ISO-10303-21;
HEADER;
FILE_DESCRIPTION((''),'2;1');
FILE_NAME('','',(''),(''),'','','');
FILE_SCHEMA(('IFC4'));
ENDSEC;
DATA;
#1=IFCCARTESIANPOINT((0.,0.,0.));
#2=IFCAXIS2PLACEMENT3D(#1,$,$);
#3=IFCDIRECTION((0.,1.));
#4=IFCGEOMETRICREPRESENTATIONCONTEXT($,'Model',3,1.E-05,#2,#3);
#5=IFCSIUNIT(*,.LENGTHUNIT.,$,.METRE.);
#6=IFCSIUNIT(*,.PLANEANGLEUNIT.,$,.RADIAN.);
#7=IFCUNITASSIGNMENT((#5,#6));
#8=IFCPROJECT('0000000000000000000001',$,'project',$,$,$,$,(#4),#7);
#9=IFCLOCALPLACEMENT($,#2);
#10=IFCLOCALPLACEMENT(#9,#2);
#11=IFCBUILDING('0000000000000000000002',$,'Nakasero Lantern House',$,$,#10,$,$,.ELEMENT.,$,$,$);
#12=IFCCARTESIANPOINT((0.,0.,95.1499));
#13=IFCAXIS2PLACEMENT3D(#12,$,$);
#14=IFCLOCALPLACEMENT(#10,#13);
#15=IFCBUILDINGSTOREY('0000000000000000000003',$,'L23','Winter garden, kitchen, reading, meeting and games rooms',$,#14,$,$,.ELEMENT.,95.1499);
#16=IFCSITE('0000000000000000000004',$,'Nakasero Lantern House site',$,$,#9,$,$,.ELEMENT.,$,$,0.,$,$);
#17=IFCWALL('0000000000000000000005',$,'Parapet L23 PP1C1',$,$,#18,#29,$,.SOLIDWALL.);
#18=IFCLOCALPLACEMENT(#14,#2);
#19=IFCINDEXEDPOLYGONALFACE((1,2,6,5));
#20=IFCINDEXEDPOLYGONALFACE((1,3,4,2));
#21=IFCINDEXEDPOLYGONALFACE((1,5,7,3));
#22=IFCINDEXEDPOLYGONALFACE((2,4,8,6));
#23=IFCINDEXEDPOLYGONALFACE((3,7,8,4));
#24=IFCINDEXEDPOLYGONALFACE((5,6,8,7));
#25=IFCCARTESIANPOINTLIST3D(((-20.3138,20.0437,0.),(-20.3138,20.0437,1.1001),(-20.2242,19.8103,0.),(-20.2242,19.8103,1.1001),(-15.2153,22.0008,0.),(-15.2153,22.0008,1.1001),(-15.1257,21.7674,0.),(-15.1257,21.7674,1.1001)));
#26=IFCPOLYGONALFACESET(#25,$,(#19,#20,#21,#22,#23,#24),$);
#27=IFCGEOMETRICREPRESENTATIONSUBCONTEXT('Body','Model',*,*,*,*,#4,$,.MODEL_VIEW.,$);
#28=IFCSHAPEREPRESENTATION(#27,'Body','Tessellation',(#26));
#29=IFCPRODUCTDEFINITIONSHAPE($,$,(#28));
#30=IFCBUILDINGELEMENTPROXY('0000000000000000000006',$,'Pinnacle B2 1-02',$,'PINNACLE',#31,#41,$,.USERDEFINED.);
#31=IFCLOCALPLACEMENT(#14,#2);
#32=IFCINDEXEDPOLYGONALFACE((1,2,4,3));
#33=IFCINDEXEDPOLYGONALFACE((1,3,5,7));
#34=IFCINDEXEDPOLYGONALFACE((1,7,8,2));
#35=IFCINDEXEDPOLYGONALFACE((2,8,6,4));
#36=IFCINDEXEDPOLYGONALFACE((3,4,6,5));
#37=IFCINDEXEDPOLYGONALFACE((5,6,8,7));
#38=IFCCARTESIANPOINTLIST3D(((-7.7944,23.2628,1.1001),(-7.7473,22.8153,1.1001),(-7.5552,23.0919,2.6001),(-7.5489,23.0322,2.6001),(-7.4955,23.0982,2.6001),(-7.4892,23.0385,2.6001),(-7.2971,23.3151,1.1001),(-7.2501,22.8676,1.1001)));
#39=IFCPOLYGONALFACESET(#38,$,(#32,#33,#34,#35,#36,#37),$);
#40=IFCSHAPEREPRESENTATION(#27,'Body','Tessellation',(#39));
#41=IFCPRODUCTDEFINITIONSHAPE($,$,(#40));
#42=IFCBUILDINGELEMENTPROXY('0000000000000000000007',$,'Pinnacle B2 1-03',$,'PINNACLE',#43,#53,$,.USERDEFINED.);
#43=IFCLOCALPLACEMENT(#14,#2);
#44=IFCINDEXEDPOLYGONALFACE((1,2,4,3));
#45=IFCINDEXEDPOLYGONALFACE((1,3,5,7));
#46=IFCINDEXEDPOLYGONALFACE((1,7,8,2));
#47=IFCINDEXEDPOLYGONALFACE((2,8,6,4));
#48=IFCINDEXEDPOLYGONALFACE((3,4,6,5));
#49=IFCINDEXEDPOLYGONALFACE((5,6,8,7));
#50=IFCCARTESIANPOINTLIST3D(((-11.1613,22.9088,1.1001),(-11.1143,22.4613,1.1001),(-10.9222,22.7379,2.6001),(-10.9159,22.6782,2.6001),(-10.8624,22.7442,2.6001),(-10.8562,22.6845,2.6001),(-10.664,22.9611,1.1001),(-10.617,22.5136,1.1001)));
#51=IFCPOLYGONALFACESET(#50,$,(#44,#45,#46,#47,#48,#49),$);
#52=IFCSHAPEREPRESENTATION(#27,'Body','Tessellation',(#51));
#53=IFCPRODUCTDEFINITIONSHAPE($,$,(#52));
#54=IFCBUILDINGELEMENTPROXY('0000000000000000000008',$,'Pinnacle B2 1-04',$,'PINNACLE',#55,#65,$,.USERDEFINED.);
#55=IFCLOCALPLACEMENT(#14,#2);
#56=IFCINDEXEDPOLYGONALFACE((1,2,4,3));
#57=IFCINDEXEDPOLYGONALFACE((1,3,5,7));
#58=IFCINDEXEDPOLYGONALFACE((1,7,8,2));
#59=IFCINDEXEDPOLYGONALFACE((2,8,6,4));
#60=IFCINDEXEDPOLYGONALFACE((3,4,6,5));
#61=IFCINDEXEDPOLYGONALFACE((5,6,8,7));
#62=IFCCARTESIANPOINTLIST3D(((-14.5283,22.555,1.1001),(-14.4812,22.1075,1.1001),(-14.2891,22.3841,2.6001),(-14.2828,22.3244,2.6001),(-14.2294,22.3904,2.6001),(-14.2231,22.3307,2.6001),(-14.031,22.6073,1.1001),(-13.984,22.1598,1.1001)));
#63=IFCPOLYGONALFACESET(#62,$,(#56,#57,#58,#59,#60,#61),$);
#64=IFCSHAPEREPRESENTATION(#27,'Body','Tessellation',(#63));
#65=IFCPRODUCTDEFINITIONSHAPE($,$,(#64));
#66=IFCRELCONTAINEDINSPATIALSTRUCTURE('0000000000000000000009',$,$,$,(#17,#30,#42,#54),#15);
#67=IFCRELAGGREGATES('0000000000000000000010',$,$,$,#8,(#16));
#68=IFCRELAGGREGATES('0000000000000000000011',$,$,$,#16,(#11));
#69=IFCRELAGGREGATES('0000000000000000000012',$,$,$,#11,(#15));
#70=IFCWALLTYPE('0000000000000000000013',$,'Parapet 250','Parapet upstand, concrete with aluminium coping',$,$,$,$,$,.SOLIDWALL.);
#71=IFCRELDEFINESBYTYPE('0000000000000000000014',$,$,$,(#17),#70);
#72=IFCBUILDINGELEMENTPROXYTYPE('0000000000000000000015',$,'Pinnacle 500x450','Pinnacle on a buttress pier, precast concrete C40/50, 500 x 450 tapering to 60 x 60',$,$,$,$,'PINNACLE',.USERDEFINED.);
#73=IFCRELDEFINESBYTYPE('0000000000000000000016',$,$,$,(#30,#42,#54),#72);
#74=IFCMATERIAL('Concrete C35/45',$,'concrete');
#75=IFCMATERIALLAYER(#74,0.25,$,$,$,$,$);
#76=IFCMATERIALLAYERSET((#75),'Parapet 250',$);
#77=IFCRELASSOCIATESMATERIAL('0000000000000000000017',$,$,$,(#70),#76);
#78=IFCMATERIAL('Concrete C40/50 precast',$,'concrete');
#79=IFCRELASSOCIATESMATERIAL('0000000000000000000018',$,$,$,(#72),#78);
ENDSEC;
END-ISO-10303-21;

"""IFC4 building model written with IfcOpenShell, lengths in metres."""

from ifc_helpers import new_model, entity, si_unit, direction, frame, frame_2d, origin, place, context, subcontext, project, spatial, rectangle, extrude, material, layer, layer_set, type_object, element, save


model = new_model("IFC4")

# Units and contexts
model_context = context("Model", 3, precision=1e-05, world=origin(), true_north=direction((0.0, 1.0)))
body_context = subcontext(model_context, "Body", "Model", "MODEL_VIEW")
ifc_project = project(units=[si_unit("LENGTHUNIT", "METRE"), si_unit("PLANEANGLEUNIT", "RADIAN")], contexts=[model_context])

# Site, building, storey
site_placement = place(None, origin())
site = spatial("IfcSite", under=ifc_project, at=site_placement, Name="Nakasero Lantern House site", CompositionType="ELEMENT", RefElevation=0.0)
building_placement = place(site_placement, origin())
building = spatial("IfcBuilding", under=site, at=building_placement, Name="Nakasero Lantern House", CompositionType="ELEMENT")
storey_placement = place(building_placement, frame((0.0, 0.0, 95.1499)))
storey = spatial("IfcBuildingStorey", under=building, at=storey_placement, Name="L23", Description="Winter garden, kitchen, reading, meeting and games rooms", CompositionType="ELEMENT", Elevation=95.1499)

# Wall
ifc_material_1 = material(Name="Concrete C35/45", Category="concrete")
ifc_layer_1 = layer(ifc_material_1, 0.25)
ifc_layer_set_1 = layer_set([ifc_layer_1], Name="Parapet 250")
wall_type = type_object("IfcWallType", Name="Parapet 250", Description="Parapet upstand, concrete with aluminium coping", PredefinedType="SOLIDWALL", material=ifc_layer_set_1)
wall_placement = place(storey_placement, frame((-15.1707, 21.884, 0.0), z_axis=(0.0, 0.0, 1.0), x_axis=(-0.933584, -0.358359, 0.0)))
element("IfcWall", 1, at=wall_placement, inside=storey, type_object=wall_type, Name="Parapet L23 PP1C1", PredefinedType="SOLIDWALL", context=body_context, shape_type="SweptSolid", body=[
    extrude(rectangle(XDim=5.4612, YDim=0.25, at=frame_2d((2.7305, 0.0))), origin(), (0.0, 0.0, 1.0), 1.1001),
])

# Building element proxies
ifc_material_2 = material(Name="Concrete C40/50 precast", Category="concrete")
building_element_proxy_type = type_object("IfcBuildingElementProxyType", Name="Pinnacle 500x450", Description="Pinnacle on a buttress pier, precast concrete C40/50, 500 x 450 tapering to 60 x 60", ElementType="PINNACLE", PredefinedType="USERDEFINED", material=ifc_material_2)
for number, where, z_axis, x_axis, name in (
    (2, (-7.5222, 23.0652, 1.1001), (0.0, 0.0, 1.0), (-0.104528, 0.994522, 0.0), "Pinnacle B2 1-02"),
    (3, (-10.8892, 22.7112, 1.1001), (0.0, 0.0, 1.0), (-0.104528, 0.994522, 0.0), "Pinnacle B2 1-03"),
    (4, (-14.2561, 22.3574, 1.1001), (0.0, 0.0, 1.0), (-0.104528, 0.994522, 0.0), "Pinnacle B2 1-04"),
):
    element("IfcBuildingElementProxy", number, at=place(storey_placement, frame(where, z_axis=z_axis, x_axis=x_axis)), inside=storey, type_object=building_element_proxy_type, Name=name, ObjectType="PINNACLE", PredefinedType="USERDEFINED", context=body_context, shape_type="SweptSolid", body=[
        entity("IfcExtrudedAreaSolidTapered", entity("IfcRectangleProfileDef", "AREA", None, entity("IfcAxis2Placement2D", entity("IfcCartesianPoint", [0.0, 0.0])), 0.45, 0.5), entity("IfcAxis2Placement3D", entity("IfcCartesianPoint", [0.0, 0.0, 0.0])), entity("IfcDirection", [0.0, 0.0, 1.0]), 1.5, entity("IfcRectangleProfileDef", "AREA", None, entity("IfcAxis2Placement2D", entity("IfcCartesianPoint", [0.0, 0.0])), 0.0601, 0.0601)),
    ])

save(model, "model.ifc")
